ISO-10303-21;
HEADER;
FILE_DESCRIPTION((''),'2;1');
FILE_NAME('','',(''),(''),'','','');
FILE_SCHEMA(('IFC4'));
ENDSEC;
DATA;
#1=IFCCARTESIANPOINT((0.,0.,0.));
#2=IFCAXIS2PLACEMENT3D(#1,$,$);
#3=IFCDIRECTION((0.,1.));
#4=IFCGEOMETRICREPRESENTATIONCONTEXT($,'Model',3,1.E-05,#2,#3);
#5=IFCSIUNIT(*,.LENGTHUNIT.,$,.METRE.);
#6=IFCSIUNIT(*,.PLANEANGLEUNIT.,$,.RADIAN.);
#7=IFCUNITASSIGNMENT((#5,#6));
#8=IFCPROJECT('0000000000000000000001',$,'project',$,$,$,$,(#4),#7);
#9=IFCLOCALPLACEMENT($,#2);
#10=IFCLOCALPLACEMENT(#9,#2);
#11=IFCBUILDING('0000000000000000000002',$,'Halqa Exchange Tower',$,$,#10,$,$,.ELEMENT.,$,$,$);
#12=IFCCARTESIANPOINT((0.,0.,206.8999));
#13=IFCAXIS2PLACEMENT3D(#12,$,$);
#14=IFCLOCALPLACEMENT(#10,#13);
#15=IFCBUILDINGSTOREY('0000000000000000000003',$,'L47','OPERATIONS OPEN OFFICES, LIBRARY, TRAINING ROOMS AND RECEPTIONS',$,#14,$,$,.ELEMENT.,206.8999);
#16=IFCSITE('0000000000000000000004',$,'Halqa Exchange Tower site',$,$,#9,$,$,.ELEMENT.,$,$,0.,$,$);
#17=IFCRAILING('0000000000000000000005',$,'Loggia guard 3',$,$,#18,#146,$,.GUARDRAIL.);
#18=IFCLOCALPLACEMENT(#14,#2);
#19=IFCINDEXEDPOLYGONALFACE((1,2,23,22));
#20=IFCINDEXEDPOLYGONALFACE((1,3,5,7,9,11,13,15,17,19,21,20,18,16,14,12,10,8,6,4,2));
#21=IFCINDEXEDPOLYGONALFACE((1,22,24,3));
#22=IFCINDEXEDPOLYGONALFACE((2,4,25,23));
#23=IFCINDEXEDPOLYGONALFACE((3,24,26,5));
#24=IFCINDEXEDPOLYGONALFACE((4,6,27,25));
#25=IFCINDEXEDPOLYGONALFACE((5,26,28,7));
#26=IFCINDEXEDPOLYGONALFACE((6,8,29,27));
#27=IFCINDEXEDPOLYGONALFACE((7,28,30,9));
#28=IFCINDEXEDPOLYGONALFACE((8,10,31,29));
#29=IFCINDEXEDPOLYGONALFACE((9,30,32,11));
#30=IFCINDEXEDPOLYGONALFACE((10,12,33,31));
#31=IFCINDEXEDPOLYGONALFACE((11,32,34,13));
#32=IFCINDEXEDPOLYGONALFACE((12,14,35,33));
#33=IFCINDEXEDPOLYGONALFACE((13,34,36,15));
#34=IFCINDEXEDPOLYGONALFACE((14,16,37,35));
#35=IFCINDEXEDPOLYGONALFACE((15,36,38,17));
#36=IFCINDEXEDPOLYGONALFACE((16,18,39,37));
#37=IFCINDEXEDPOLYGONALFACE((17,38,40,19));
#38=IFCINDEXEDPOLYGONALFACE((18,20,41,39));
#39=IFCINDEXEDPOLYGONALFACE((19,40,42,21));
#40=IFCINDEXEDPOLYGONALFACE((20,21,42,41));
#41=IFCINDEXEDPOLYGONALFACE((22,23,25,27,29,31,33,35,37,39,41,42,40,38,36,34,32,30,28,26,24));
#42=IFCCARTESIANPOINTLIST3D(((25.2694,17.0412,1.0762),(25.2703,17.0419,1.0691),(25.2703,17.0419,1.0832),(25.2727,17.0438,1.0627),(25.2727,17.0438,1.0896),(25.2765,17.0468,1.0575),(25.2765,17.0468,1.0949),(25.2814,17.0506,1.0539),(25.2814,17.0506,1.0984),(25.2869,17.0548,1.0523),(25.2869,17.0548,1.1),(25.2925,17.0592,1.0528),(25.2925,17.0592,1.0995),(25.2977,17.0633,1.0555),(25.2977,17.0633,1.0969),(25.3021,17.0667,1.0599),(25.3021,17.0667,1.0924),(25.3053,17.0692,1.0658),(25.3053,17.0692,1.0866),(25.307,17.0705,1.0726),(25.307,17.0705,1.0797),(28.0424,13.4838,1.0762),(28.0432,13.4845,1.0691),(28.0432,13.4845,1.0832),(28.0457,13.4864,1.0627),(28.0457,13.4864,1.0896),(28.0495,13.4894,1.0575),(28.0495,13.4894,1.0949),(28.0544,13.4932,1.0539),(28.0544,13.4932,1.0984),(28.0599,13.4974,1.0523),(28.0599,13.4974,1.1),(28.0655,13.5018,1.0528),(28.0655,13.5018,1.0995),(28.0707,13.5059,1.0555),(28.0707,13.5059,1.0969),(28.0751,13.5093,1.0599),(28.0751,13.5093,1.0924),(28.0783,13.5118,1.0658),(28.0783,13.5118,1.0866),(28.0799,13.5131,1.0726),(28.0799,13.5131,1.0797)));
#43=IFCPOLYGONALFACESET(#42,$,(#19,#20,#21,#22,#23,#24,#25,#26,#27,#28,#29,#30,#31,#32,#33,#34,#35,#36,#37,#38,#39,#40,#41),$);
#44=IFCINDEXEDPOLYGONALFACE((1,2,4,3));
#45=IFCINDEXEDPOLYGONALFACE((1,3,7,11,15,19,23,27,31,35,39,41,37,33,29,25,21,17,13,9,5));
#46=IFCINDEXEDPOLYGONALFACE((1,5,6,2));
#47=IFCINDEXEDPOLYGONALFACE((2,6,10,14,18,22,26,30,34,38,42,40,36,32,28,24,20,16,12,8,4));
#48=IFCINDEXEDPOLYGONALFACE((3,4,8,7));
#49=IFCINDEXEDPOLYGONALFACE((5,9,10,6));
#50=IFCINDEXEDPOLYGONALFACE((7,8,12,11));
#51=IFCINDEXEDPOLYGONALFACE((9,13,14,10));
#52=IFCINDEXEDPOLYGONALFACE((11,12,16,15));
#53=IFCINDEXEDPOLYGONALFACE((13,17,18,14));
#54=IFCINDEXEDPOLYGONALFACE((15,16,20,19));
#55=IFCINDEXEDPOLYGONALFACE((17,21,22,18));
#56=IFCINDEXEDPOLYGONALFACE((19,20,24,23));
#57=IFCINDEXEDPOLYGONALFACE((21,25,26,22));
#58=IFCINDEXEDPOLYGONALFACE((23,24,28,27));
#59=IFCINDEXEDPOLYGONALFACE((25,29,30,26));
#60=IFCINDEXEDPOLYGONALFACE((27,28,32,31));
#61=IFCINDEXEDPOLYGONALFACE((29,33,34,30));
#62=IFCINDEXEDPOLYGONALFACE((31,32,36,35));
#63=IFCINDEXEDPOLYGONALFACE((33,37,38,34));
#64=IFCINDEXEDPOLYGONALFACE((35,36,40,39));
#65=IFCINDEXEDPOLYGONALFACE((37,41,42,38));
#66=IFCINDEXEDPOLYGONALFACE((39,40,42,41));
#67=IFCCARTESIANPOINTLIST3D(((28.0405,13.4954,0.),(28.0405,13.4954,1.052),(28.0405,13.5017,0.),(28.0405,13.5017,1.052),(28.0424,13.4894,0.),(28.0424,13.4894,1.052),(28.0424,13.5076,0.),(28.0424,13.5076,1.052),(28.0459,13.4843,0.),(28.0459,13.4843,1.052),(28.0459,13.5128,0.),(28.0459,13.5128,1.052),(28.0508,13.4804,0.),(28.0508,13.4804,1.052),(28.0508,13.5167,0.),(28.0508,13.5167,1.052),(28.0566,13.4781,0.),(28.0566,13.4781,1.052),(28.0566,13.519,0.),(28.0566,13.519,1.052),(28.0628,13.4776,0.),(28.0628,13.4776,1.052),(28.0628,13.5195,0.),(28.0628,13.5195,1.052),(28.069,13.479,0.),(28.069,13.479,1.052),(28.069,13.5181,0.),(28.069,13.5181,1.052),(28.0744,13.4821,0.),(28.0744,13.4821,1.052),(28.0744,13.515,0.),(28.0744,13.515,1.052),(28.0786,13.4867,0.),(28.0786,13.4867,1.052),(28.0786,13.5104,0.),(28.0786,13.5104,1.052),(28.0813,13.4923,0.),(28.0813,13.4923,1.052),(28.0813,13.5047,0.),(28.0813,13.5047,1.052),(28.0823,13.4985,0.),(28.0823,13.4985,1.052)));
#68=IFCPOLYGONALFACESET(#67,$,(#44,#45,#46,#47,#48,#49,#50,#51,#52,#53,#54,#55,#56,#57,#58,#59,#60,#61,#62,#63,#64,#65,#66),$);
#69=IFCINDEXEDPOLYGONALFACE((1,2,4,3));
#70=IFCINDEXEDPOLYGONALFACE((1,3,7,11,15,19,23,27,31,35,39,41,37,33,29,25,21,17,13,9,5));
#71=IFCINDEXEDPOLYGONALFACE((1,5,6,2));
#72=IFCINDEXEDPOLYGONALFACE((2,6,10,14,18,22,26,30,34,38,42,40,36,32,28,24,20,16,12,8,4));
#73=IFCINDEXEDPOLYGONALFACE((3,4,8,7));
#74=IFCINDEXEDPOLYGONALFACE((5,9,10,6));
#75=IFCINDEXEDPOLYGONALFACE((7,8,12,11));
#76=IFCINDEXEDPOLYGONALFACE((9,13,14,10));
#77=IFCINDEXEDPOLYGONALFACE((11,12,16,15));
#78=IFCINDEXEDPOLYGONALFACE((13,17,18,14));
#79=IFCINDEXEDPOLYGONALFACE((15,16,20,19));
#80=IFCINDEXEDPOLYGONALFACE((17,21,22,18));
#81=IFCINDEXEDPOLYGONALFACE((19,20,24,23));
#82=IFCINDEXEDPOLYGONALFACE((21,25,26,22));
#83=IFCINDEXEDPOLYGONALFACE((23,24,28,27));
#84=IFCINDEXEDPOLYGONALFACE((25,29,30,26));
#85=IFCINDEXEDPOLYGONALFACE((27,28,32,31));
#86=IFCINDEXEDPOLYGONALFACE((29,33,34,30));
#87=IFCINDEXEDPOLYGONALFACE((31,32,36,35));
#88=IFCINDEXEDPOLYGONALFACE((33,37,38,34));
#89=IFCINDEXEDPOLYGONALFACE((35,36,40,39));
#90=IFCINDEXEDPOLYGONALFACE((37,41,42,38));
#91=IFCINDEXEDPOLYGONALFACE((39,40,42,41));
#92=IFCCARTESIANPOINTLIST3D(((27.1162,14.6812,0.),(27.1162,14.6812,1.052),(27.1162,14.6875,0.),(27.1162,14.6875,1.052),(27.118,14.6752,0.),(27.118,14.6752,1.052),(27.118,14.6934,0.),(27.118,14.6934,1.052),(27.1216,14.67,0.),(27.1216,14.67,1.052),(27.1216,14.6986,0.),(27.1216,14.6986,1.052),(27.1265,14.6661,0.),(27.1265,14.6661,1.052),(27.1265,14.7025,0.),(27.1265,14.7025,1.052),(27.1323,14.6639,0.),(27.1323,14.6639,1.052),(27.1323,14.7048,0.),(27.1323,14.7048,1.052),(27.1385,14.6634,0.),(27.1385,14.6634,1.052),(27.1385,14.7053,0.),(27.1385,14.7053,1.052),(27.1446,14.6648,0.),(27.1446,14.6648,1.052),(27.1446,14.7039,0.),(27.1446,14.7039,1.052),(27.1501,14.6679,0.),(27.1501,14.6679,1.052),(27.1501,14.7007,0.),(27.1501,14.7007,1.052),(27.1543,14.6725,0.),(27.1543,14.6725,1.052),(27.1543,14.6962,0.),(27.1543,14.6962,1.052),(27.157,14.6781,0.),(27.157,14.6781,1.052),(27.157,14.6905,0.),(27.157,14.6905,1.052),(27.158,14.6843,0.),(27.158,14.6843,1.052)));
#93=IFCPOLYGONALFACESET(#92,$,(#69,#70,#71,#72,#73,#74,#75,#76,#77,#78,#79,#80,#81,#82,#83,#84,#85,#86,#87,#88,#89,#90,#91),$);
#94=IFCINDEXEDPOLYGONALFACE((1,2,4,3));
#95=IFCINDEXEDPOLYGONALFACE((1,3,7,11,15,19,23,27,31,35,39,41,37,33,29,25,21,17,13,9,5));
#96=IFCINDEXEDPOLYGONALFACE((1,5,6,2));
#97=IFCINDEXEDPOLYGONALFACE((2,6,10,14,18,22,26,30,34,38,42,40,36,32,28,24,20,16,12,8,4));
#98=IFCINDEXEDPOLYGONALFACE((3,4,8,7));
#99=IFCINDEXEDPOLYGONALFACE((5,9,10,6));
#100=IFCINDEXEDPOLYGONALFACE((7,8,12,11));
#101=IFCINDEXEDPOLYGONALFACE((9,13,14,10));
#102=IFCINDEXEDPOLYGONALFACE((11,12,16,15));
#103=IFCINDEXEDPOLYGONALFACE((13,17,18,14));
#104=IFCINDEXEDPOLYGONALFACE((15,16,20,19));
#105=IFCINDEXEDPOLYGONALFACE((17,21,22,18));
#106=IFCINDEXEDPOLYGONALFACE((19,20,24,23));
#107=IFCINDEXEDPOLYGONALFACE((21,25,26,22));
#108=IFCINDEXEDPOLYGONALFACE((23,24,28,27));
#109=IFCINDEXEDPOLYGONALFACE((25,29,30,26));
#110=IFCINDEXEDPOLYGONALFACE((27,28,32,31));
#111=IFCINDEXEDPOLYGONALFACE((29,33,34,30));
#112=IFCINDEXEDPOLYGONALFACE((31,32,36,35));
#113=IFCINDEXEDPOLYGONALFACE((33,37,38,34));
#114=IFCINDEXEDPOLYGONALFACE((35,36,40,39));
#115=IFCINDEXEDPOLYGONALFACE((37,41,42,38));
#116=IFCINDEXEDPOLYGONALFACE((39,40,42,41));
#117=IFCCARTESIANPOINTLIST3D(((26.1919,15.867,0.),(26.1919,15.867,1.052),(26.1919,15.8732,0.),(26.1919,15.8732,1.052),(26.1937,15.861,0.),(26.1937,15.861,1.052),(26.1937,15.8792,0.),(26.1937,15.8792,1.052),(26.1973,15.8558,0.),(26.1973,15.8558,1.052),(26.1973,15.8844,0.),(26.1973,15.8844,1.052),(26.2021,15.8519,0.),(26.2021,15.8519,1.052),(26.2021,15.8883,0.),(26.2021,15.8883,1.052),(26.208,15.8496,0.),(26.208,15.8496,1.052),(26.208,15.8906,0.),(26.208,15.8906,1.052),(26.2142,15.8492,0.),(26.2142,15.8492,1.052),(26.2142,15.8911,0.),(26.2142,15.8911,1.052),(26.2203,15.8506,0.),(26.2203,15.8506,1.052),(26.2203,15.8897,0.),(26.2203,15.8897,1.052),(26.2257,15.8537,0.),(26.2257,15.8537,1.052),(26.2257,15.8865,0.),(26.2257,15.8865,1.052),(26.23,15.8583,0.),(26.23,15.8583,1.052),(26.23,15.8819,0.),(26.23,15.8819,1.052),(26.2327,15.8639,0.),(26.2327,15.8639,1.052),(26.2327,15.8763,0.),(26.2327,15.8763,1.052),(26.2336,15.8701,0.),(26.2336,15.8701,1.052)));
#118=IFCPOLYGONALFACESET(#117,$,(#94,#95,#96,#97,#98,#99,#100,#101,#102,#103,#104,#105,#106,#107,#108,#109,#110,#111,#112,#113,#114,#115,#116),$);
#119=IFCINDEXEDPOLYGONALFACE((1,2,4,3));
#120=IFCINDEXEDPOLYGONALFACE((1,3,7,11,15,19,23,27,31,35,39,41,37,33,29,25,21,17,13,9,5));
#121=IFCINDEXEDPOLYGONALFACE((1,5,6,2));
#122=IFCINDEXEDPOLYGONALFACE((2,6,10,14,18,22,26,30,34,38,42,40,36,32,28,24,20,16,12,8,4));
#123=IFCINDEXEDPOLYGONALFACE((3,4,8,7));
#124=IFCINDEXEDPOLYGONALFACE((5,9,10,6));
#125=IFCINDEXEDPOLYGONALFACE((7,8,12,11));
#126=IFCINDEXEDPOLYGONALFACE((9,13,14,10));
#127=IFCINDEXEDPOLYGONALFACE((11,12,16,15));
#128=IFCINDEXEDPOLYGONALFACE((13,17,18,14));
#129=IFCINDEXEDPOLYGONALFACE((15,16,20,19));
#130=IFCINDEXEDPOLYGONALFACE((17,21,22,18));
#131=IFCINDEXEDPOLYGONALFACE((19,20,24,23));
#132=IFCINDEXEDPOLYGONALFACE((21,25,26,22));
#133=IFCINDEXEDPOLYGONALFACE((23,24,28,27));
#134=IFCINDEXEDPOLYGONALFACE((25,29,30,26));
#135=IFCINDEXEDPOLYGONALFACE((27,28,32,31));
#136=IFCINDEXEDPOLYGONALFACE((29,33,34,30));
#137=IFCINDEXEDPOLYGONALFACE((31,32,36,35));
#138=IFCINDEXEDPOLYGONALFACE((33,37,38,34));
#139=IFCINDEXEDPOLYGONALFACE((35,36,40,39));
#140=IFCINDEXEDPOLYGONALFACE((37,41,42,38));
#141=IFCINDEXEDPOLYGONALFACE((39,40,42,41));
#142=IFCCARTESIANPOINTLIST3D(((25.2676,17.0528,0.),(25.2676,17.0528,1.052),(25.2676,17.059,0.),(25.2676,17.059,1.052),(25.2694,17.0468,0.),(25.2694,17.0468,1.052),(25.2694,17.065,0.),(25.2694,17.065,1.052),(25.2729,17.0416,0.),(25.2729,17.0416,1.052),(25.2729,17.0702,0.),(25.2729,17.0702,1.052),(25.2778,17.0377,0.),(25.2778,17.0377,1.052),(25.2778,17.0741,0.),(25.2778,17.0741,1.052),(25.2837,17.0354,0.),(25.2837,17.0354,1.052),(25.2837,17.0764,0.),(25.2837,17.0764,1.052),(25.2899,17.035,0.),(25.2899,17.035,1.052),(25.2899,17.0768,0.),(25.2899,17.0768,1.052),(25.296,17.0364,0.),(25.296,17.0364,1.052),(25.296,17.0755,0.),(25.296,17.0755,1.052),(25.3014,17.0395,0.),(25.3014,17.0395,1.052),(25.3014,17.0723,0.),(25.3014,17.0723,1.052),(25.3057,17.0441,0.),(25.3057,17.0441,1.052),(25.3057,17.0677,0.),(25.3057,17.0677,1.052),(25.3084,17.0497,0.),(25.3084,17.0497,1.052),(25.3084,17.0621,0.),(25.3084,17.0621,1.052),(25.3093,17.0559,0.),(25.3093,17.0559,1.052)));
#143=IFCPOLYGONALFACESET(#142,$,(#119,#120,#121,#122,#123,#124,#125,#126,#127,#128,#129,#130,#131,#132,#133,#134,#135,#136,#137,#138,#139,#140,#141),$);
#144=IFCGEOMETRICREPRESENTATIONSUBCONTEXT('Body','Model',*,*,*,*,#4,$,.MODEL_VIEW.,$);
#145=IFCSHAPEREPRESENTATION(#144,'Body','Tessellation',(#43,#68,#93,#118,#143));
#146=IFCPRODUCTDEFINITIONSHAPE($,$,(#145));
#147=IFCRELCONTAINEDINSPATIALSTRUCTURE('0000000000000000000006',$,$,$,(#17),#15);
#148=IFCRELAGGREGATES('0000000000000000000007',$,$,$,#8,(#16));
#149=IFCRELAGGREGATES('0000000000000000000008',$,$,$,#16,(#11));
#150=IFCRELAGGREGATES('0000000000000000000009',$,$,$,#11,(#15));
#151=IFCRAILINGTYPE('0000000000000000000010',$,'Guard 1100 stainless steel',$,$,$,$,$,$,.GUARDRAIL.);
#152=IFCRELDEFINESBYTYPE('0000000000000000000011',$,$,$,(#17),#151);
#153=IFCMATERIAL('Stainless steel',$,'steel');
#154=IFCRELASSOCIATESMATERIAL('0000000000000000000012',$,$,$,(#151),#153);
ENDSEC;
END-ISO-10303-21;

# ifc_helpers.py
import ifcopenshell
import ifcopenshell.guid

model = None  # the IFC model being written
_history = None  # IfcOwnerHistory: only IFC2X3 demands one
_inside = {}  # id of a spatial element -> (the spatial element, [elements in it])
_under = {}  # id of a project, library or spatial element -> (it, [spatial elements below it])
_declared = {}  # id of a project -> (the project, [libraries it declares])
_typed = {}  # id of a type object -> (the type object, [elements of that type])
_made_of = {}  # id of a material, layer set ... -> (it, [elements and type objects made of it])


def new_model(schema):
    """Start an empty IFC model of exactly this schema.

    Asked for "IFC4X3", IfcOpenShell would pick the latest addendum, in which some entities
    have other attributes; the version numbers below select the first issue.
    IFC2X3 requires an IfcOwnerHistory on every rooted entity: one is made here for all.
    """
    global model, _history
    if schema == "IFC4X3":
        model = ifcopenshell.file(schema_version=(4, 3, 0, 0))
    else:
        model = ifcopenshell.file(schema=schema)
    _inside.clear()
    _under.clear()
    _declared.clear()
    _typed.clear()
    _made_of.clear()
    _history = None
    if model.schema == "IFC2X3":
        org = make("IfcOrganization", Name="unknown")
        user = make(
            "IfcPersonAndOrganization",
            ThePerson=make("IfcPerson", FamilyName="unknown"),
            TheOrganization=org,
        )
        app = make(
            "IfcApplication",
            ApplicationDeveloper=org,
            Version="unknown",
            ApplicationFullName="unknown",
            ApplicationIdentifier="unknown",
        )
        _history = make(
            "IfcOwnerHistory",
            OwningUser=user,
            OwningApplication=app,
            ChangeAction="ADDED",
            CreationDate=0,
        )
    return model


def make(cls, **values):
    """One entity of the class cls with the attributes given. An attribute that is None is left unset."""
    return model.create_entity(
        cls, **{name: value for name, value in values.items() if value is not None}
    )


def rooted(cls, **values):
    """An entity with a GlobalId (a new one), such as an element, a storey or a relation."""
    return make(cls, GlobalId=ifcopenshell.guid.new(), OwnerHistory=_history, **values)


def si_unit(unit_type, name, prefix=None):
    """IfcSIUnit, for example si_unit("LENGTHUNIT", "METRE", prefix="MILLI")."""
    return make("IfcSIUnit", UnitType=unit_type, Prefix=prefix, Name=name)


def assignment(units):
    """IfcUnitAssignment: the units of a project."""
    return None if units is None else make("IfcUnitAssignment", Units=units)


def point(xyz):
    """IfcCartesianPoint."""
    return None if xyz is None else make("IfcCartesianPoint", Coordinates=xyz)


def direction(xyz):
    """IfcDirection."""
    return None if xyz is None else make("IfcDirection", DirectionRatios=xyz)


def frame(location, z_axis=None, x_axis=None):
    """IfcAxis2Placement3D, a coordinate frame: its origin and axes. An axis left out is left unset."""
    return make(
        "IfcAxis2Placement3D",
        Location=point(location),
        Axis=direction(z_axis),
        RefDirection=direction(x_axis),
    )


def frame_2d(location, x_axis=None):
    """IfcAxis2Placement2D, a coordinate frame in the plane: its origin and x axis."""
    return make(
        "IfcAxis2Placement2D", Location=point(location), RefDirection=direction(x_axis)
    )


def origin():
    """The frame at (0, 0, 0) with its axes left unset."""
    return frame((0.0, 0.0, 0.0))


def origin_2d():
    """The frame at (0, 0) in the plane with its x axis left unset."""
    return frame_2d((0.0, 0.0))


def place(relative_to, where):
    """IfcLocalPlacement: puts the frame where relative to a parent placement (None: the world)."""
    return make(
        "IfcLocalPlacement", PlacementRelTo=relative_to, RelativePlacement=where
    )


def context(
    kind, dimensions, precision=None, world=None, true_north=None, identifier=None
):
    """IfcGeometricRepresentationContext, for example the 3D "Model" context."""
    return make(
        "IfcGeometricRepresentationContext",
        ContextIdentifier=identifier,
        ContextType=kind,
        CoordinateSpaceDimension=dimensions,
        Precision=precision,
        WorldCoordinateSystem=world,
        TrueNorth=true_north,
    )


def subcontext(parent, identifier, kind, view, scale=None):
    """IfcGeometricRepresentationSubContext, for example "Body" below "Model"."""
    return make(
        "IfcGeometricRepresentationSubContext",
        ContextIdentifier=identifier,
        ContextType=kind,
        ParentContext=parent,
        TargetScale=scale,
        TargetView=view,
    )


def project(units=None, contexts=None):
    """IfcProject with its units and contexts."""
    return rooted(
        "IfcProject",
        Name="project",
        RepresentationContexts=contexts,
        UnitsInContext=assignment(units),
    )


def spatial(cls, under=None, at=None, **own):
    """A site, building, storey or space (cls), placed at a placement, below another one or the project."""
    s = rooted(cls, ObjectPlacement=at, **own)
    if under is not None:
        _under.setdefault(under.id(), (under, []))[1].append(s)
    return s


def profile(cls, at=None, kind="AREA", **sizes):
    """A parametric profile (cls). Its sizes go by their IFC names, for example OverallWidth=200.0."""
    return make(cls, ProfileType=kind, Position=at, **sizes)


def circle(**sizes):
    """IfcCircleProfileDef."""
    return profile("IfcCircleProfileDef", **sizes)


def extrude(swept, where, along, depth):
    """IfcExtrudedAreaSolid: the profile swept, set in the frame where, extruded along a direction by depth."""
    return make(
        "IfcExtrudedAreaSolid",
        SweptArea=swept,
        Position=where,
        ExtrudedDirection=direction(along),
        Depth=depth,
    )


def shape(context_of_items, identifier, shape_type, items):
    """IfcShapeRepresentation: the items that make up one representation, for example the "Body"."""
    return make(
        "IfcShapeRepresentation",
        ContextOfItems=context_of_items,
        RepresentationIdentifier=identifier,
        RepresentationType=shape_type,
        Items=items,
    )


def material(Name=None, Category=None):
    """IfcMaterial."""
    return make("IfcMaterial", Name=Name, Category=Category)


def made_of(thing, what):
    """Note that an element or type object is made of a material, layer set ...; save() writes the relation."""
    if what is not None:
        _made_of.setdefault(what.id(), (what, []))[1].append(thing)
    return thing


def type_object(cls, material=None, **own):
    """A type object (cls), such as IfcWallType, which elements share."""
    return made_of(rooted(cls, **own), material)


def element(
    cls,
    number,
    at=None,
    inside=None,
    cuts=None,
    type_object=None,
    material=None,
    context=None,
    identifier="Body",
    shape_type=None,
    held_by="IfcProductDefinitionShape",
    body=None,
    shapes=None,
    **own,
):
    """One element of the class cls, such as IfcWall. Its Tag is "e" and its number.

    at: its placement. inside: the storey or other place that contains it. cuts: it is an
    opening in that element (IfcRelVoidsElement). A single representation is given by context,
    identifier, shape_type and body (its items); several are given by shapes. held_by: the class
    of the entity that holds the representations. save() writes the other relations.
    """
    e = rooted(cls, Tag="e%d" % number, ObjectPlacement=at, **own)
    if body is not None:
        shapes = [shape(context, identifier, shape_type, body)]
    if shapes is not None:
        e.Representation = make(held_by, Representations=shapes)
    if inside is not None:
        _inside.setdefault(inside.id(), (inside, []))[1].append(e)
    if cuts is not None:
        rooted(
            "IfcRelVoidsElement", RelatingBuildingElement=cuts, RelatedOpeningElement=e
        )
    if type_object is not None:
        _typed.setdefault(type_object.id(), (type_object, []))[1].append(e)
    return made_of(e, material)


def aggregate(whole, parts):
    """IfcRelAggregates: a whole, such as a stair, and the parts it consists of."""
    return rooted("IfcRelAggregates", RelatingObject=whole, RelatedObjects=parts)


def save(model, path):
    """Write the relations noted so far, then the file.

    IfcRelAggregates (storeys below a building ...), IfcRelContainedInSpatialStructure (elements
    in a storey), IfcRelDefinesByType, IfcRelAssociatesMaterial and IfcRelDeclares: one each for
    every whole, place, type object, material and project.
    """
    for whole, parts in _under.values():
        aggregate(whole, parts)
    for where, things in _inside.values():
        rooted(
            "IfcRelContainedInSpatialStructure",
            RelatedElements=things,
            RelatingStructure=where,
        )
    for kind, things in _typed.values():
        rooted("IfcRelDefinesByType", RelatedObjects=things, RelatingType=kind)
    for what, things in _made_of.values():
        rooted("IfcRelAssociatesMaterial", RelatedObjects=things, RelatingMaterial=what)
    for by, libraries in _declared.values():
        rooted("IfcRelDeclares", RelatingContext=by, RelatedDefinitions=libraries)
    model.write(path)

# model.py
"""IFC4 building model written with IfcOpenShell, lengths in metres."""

from ifc_helpers import new_model, si_unit, direction, frame, origin, origin_2d, place, context, subcontext, project, spatial, circle, extrude, material, type_object, element, save


model = new_model("IFC4")

# Units and contexts
model_context = context("Model", 3, precision=1e-05, world=origin(), true_north=direction((0.0, 1.0)))
body_context = subcontext(model_context, "Body", "Model", "MODEL_VIEW")
ifc_project = project(units=[si_unit("LENGTHUNIT", "METRE"), si_unit("PLANEANGLEUNIT", "RADIAN")], contexts=[model_context])

# Site, building, storey
site_placement = place(None, origin())
site = spatial("IfcSite", under=ifc_project, at=site_placement, Name="Halqa Exchange Tower site", CompositionType="ELEMENT", RefElevation=0.0)
building_placement = place(site_placement, origin())
building = spatial("IfcBuilding", under=site, at=building_placement, Name="Halqa Exchange Tower", CompositionType="ELEMENT")
storey_placement = place(building_placement, frame((0.0, 0.0, 206.8999)))
storey = spatial("IfcBuildingStorey", under=building, at=storey_placement, Name="L47", Description="OPERATIONS OPEN OFFICES, LIBRARY, TRAINING ROOMS AND RECEPTIONS", CompositionType="ELEMENT", Elevation=206.8999)

# Railing
ifc_material_1 = material(Name="Stainless steel", Category="steel")
railing_type = type_object("IfcRailingType", Name="Guard 1100 stainless steel", PredefinedType="GUARDRAIL", material=ifc_material_1)
railing_1_placement = place(storey_placement, frame((28.0613, 13.4985, 0.0)))
element("IfcRailing", 1, at=railing_1_placement, inside=storey, type_object=railing_type, Name="Loggia guard 3", PredefinedType="GUARDRAIL", context=body_context, shape_type="SweptSolid", body=[
    extrude(circle(Radius=0.0239, at=origin_2d()), frame((0.0, 0.0, 1.0762), z_axis=(-0.614783, 0.788696, 0.0), x_axis=(-0.788696, -0.614783, 0.0)), (0.0, 0.0, 1.0), 4.5105),
    extrude(circle(Radius=0.021, at=origin_2d()), origin(), (0.0, 0.0, 1.0), 1.052),
    extrude(circle(Radius=0.021, at=origin_2d()), frame((-0.9243, 1.1858, 0.0)), (0.0, 0.0, 1.0), 1.052),
    extrude(circle(Radius=0.021, at=origin_2d()), frame((-1.8486, 2.3716, 0.0)), (0.0, 0.0, 1.0), 1.052),
    extrude(circle(Radius=0.021, at=origin_2d()), frame((-2.7729, 3.5574, 0.0)), (0.0, 0.0, 1.0), 1.052),
])

save(model, "model.ifc")
